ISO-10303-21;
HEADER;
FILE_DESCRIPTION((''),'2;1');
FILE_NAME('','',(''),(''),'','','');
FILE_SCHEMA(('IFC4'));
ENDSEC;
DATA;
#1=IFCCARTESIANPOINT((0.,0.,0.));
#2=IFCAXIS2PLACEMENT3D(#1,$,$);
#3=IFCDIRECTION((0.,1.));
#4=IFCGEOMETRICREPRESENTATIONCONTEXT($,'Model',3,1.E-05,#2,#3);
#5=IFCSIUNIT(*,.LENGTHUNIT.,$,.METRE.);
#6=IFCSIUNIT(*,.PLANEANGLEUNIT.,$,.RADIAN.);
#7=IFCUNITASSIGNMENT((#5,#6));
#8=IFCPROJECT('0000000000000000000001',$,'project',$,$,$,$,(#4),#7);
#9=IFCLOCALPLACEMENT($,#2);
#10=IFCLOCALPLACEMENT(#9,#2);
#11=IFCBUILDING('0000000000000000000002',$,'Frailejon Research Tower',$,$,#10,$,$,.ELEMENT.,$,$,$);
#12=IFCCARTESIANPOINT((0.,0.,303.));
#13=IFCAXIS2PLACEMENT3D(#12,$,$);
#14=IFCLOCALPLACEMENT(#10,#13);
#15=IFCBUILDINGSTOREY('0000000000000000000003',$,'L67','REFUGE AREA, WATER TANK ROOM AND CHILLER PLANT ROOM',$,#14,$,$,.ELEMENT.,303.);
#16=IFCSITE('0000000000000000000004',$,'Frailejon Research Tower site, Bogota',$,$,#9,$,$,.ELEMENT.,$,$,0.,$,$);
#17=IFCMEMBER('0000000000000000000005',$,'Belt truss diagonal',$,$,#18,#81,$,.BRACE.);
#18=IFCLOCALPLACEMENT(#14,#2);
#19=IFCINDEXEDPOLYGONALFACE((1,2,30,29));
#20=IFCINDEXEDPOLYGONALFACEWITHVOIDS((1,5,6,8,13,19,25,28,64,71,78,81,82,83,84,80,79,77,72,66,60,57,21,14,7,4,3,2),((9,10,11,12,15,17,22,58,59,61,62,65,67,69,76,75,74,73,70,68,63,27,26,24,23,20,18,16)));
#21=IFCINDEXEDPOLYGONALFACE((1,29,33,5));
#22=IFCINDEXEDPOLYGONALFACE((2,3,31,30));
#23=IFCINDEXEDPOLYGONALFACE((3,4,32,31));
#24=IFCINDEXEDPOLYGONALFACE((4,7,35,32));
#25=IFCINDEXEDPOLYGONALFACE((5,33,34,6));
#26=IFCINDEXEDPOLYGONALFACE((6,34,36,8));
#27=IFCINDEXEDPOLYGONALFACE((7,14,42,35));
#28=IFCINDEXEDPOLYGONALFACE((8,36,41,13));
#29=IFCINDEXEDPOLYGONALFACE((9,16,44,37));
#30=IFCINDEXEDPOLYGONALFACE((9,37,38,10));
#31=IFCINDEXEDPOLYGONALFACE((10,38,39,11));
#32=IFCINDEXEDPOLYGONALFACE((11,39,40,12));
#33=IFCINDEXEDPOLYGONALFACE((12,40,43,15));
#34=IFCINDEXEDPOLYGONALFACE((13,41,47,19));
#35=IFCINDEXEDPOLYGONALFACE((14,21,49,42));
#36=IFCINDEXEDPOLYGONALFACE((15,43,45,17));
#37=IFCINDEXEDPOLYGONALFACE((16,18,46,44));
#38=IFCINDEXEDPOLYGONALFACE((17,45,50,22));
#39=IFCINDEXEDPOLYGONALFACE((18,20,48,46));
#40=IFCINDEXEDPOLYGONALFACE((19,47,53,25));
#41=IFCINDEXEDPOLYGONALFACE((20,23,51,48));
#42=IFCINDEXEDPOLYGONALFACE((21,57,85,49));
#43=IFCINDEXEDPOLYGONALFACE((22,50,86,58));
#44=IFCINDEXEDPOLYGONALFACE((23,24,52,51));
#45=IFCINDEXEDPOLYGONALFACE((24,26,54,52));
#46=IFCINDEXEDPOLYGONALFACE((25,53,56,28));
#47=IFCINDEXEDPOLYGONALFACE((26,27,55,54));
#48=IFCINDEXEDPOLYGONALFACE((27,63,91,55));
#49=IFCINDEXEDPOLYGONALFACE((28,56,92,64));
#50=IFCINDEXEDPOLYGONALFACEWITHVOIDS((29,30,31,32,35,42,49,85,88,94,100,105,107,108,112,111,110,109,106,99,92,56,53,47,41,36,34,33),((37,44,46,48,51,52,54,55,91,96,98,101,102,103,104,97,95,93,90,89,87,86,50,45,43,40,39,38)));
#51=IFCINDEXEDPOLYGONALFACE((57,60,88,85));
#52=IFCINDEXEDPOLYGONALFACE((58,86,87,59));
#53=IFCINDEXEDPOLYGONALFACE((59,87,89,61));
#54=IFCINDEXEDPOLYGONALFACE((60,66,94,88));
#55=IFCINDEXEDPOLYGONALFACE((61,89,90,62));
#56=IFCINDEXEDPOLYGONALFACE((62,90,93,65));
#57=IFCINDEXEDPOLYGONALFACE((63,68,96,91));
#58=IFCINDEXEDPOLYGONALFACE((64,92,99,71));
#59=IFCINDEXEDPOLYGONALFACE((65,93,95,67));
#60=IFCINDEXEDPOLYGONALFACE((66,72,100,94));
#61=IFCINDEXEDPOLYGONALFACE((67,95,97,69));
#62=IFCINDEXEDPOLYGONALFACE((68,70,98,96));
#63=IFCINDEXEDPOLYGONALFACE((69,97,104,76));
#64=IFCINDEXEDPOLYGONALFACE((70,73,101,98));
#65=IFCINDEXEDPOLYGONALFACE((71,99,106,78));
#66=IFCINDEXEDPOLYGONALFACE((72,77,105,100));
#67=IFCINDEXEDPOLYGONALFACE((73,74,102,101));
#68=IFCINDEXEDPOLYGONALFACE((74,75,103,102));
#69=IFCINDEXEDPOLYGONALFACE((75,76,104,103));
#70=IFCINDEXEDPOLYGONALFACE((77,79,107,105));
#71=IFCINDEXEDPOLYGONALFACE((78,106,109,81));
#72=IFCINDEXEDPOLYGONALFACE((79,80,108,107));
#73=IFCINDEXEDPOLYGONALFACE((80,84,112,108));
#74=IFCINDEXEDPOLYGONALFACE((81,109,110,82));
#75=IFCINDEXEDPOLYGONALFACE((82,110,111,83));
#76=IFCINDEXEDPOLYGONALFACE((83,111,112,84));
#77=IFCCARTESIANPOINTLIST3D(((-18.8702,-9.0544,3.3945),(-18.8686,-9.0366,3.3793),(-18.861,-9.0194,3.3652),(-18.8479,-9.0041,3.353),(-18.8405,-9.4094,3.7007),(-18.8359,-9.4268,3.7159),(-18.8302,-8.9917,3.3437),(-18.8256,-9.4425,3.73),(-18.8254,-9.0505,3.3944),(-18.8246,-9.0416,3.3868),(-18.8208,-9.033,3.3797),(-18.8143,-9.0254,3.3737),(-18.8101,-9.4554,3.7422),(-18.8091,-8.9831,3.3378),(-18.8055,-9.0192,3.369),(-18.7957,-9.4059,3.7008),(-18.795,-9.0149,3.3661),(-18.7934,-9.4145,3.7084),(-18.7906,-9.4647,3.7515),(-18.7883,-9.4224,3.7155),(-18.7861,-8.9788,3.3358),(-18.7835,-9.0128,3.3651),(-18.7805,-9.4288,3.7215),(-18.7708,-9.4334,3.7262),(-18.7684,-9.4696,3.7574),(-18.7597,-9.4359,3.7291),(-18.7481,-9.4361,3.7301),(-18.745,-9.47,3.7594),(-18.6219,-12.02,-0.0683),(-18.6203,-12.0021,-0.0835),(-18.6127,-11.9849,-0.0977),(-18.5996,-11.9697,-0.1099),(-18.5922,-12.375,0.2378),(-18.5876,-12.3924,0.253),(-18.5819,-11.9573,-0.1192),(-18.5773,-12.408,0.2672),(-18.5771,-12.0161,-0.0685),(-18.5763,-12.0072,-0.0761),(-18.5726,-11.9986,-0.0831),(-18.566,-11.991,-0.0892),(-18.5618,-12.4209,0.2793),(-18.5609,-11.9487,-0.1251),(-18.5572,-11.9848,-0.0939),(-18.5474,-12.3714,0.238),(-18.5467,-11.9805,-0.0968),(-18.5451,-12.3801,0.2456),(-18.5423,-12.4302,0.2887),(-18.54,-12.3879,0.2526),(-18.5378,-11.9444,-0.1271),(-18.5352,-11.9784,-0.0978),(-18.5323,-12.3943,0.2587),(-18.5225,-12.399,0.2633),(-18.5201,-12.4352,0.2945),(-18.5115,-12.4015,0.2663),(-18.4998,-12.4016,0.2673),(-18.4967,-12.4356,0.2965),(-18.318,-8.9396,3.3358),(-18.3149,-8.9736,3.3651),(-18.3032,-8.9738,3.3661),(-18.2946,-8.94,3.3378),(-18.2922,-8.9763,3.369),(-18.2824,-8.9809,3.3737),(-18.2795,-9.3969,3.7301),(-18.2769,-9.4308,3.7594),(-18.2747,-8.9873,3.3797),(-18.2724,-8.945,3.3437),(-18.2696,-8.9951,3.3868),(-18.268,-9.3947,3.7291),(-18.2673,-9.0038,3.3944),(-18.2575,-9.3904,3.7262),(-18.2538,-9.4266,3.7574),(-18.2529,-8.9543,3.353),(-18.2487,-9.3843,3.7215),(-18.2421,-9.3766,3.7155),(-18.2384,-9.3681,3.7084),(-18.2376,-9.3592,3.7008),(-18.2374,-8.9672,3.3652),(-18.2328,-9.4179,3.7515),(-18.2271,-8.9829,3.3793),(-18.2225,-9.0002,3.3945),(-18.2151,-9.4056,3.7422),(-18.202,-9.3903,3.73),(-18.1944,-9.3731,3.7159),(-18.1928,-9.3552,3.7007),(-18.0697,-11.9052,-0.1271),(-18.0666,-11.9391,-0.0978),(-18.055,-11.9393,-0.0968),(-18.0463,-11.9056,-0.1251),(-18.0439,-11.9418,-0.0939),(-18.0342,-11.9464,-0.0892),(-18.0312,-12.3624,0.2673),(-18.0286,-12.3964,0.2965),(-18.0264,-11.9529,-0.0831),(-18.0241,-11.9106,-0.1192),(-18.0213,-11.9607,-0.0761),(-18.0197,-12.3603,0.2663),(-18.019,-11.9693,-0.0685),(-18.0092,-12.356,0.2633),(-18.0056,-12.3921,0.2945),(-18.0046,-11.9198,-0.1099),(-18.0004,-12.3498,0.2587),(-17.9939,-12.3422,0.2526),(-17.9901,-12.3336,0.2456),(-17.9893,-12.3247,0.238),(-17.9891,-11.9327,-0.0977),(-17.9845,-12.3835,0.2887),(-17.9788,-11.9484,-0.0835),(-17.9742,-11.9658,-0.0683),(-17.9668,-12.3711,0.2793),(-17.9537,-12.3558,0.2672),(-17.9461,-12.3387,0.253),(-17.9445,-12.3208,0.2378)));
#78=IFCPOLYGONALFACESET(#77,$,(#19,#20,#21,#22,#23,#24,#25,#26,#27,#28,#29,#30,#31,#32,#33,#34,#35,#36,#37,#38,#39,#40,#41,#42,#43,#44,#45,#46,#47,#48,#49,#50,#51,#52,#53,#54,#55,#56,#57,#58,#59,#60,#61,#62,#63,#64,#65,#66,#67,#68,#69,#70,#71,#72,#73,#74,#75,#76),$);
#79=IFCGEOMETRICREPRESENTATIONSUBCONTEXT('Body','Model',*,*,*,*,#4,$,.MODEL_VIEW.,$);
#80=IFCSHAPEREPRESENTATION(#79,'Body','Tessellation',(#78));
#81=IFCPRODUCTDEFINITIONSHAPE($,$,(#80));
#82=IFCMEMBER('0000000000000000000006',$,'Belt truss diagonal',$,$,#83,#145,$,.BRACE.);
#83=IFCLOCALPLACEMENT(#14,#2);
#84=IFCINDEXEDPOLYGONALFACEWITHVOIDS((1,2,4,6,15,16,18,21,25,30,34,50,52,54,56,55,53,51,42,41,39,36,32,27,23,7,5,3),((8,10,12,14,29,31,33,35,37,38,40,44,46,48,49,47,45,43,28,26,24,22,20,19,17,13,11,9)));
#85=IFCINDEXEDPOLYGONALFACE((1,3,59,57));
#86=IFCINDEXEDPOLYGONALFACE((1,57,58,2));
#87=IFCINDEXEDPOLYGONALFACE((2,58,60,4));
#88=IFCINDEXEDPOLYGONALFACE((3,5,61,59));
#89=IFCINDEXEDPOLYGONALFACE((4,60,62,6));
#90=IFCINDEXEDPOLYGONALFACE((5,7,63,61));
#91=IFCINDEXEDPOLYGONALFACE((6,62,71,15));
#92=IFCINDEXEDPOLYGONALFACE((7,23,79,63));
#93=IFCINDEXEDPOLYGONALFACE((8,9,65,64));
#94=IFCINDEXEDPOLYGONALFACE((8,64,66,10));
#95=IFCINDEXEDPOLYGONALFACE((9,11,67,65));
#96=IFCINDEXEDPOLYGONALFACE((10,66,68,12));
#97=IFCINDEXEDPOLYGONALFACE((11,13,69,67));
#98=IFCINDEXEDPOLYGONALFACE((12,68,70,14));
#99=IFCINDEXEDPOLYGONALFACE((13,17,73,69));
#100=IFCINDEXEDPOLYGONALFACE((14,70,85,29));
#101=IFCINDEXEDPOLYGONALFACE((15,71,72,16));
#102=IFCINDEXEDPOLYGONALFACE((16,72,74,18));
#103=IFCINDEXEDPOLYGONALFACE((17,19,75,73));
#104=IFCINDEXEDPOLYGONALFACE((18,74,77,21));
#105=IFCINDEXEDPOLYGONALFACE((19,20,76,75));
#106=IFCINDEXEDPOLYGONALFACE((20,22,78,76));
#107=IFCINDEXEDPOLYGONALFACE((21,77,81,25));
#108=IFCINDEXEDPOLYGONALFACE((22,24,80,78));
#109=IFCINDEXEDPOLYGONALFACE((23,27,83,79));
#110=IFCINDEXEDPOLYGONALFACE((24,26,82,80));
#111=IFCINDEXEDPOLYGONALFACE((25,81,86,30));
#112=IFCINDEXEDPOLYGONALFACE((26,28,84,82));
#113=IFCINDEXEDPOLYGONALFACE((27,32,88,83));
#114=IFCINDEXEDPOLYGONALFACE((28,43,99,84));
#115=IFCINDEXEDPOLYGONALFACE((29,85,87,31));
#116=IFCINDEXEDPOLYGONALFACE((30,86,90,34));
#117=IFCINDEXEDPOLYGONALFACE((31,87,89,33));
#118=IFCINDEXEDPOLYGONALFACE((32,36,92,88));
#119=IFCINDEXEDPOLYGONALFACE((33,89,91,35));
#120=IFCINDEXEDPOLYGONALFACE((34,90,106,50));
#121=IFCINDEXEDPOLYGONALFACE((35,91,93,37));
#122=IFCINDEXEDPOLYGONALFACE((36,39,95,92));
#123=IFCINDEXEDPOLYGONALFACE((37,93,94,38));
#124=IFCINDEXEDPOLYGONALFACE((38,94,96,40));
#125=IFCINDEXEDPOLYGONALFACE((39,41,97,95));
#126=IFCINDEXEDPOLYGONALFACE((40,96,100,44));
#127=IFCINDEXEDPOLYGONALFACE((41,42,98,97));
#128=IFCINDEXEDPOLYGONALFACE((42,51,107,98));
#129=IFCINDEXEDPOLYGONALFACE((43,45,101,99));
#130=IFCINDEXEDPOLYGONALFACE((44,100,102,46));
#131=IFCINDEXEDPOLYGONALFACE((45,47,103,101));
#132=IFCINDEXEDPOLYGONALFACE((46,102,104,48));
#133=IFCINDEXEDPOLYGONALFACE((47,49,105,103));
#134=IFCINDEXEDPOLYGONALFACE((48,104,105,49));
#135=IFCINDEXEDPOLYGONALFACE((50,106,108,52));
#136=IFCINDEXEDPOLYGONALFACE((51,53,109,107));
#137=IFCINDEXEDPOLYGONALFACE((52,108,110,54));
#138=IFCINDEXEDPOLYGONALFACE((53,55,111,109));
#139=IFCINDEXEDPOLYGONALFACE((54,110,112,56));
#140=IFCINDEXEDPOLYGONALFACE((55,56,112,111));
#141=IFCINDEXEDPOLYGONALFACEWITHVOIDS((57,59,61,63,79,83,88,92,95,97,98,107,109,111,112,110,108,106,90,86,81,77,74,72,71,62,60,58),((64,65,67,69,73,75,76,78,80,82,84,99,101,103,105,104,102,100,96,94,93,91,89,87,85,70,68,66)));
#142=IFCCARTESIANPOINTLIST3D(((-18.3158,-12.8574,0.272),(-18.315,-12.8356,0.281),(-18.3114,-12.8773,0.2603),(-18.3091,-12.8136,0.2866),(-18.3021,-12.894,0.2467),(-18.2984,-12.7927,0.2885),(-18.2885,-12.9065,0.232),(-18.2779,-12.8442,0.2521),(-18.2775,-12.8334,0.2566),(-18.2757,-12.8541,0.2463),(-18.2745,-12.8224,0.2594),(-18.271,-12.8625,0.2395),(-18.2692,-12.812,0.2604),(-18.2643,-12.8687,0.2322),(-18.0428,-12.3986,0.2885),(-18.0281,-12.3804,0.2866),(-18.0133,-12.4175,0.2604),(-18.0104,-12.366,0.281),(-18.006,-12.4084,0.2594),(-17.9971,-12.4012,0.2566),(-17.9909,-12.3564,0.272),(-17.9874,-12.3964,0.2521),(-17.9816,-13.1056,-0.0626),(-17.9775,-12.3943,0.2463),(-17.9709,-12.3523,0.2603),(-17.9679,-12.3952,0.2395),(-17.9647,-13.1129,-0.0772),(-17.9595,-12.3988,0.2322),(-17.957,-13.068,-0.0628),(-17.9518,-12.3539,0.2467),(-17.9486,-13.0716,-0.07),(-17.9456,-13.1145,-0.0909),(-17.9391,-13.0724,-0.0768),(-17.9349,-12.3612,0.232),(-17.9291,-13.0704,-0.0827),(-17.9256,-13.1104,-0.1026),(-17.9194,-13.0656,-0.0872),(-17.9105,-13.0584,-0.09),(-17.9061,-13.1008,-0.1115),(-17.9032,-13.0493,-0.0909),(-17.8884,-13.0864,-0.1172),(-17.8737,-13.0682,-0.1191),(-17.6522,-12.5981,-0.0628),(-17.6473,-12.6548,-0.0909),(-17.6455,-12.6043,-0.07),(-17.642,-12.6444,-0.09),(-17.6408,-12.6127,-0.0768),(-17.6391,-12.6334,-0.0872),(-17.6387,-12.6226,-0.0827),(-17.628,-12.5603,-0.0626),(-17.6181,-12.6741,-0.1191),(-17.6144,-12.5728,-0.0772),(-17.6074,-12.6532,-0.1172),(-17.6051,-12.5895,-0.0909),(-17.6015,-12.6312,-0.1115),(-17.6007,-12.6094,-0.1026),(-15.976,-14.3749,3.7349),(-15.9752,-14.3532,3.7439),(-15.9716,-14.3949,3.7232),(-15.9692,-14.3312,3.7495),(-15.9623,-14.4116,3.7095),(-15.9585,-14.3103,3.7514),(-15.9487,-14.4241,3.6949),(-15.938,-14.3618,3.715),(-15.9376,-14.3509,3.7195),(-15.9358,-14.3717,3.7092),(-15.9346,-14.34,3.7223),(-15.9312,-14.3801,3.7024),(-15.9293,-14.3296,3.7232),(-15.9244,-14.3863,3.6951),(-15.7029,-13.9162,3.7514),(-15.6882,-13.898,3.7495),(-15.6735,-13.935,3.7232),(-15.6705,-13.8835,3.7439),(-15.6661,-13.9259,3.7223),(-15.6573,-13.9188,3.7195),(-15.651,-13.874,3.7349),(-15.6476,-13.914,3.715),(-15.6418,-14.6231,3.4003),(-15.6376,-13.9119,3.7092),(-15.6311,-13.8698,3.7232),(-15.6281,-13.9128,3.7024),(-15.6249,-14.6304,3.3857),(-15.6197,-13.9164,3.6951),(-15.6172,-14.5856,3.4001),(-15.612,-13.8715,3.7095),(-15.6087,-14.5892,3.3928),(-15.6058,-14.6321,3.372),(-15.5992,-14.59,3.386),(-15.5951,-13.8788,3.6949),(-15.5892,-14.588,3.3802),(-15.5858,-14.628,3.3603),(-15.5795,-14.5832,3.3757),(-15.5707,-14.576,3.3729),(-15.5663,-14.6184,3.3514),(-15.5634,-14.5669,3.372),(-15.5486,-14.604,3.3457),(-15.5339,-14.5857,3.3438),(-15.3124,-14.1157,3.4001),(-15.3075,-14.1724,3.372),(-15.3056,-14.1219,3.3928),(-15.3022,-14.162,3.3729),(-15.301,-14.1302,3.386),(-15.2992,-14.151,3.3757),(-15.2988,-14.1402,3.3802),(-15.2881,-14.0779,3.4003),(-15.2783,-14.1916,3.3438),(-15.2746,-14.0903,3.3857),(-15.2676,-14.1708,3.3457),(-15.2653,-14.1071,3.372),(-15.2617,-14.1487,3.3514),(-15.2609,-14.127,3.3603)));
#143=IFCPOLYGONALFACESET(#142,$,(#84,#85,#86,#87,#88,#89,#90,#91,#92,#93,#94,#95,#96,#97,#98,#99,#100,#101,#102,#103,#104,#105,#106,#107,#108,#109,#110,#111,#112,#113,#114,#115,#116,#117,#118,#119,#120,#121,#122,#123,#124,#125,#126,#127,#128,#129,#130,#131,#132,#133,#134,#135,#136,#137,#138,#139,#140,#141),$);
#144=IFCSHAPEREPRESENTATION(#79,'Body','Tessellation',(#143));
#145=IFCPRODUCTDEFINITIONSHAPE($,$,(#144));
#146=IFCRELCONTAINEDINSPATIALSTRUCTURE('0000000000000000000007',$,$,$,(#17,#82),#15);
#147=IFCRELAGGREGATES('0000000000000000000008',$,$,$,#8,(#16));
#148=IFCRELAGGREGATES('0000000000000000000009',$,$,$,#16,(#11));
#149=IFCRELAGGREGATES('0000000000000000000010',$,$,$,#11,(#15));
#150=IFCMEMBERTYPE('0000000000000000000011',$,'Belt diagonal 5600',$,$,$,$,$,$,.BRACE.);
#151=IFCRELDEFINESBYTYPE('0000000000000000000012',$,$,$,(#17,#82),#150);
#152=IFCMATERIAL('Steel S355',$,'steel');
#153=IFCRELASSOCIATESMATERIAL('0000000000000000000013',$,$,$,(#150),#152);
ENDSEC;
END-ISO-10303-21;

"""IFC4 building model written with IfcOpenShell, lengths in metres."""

from ifc_helpers import new_model, si_unit, direction, frame, origin, origin_2d, place, context, subcontext, project, spatial, hollow_rectangle, extrude, material, material_profile, profile_set, type_object, element, save


model = new_model("IFC4")

# Units and contexts
model_context = context("Model", 3, precision=1e-05, world=origin(), true_north=direction((0.0, 1.0)))
body_context = subcontext(model_context, "Body", "Model", "MODEL_VIEW")
ifc_project = project(units=[si_unit("LENGTHUNIT", "METRE"), si_unit("PLANEANGLEUNIT", "RADIAN")], contexts=[model_context])

# Site, building, storey
site_placement = place(None, origin())
site = spatial("IfcSite", under=ifc_project, at=site_placement, Name="Frailejon Research Tower site, Bogota", CompositionType="ELEMENT", RefElevation=0.0)
building_placement = place(site_placement, origin())
building = spatial("IfcBuilding", under=site, at=building_placement, Name="Frailejon Research Tower", CompositionType="ELEMENT")
storey_placement = place(building_placement, frame((0.0, 0.0, 303.0)))
storey = spatial("IfcBuildingStorey", under=building, at=storey_placement, Name="L67", Description="REFUGE AREA, WATER TANK ROOM AND CHILLER PLANT ROOM", CompositionType="ELEMENT", Elevation=303.0)

# Members
ifc_material_1 = material(Name="Steel S355", Category="steel")
ifc_material_profile_1 = material_profile(ifc_material_1, hollow_rectangle(XDim=0.6499, YDim=0.6499, WallThickness=0.0449, InnerFilletRadius=0.0449, OuterFilletRadius=0.0901, at=origin_2d()), Name="Belt diagonal 5600")
ifc_profile_set_1 = profile_set([ifc_material_profile_1], Name="Steel S355")
member_type = type_object("IfcMemberType", Name="Belt diagonal 5600", PredefinedType="BRACE", material=ifc_profile_set_1)
member_1_placement = place(storey_placement, frame((-18.5315, -9.2048, 3.5476), z_axis=(0.054379, -0.649498, -0.758416), x_axis=(0.996513, 0.083432, 0.0)))
element("IfcMember", 1, at=member_1_placement, inside=storey, type_object=member_type, Name="Belt truss diagonal", PredefinedType="BRACE", context=body_context, shape_type="SweptSolid", body=[
    extrude(hollow_rectangle(XDim=0.6499, YDim=0.6499, WallThickness=0.0449, InnerFilletRadius=0.0449, OuterFilletRadius=0.0901, at=origin_2d()), origin(), (0.0, 0.0, 1.0), 4.5659),
])
member_2_placement = place(storey_placement, frame((-17.9583, -12.7334, 0.0847), z_axis=(0.526246, -0.341313, 0.778826), x_axis=(0.544151, 0.838987, 0.0)))
element("IfcMember", 2, at=member_2_placement, inside=storey, type_object=member_type, Name="Belt truss diagonal", PredefinedType="BRACE", context=body_context, shape_type="SweptSolid", body=[
    extrude(hollow_rectangle(XDim=0.6499, YDim=0.6499, WallThickness=0.0449, InnerFilletRadius=0.0449, OuterFilletRadius=0.0901, at=origin_2d()), origin(), (0.0, 0.0, 1.0), 4.4463),
])

save(model, "model.ifc")
